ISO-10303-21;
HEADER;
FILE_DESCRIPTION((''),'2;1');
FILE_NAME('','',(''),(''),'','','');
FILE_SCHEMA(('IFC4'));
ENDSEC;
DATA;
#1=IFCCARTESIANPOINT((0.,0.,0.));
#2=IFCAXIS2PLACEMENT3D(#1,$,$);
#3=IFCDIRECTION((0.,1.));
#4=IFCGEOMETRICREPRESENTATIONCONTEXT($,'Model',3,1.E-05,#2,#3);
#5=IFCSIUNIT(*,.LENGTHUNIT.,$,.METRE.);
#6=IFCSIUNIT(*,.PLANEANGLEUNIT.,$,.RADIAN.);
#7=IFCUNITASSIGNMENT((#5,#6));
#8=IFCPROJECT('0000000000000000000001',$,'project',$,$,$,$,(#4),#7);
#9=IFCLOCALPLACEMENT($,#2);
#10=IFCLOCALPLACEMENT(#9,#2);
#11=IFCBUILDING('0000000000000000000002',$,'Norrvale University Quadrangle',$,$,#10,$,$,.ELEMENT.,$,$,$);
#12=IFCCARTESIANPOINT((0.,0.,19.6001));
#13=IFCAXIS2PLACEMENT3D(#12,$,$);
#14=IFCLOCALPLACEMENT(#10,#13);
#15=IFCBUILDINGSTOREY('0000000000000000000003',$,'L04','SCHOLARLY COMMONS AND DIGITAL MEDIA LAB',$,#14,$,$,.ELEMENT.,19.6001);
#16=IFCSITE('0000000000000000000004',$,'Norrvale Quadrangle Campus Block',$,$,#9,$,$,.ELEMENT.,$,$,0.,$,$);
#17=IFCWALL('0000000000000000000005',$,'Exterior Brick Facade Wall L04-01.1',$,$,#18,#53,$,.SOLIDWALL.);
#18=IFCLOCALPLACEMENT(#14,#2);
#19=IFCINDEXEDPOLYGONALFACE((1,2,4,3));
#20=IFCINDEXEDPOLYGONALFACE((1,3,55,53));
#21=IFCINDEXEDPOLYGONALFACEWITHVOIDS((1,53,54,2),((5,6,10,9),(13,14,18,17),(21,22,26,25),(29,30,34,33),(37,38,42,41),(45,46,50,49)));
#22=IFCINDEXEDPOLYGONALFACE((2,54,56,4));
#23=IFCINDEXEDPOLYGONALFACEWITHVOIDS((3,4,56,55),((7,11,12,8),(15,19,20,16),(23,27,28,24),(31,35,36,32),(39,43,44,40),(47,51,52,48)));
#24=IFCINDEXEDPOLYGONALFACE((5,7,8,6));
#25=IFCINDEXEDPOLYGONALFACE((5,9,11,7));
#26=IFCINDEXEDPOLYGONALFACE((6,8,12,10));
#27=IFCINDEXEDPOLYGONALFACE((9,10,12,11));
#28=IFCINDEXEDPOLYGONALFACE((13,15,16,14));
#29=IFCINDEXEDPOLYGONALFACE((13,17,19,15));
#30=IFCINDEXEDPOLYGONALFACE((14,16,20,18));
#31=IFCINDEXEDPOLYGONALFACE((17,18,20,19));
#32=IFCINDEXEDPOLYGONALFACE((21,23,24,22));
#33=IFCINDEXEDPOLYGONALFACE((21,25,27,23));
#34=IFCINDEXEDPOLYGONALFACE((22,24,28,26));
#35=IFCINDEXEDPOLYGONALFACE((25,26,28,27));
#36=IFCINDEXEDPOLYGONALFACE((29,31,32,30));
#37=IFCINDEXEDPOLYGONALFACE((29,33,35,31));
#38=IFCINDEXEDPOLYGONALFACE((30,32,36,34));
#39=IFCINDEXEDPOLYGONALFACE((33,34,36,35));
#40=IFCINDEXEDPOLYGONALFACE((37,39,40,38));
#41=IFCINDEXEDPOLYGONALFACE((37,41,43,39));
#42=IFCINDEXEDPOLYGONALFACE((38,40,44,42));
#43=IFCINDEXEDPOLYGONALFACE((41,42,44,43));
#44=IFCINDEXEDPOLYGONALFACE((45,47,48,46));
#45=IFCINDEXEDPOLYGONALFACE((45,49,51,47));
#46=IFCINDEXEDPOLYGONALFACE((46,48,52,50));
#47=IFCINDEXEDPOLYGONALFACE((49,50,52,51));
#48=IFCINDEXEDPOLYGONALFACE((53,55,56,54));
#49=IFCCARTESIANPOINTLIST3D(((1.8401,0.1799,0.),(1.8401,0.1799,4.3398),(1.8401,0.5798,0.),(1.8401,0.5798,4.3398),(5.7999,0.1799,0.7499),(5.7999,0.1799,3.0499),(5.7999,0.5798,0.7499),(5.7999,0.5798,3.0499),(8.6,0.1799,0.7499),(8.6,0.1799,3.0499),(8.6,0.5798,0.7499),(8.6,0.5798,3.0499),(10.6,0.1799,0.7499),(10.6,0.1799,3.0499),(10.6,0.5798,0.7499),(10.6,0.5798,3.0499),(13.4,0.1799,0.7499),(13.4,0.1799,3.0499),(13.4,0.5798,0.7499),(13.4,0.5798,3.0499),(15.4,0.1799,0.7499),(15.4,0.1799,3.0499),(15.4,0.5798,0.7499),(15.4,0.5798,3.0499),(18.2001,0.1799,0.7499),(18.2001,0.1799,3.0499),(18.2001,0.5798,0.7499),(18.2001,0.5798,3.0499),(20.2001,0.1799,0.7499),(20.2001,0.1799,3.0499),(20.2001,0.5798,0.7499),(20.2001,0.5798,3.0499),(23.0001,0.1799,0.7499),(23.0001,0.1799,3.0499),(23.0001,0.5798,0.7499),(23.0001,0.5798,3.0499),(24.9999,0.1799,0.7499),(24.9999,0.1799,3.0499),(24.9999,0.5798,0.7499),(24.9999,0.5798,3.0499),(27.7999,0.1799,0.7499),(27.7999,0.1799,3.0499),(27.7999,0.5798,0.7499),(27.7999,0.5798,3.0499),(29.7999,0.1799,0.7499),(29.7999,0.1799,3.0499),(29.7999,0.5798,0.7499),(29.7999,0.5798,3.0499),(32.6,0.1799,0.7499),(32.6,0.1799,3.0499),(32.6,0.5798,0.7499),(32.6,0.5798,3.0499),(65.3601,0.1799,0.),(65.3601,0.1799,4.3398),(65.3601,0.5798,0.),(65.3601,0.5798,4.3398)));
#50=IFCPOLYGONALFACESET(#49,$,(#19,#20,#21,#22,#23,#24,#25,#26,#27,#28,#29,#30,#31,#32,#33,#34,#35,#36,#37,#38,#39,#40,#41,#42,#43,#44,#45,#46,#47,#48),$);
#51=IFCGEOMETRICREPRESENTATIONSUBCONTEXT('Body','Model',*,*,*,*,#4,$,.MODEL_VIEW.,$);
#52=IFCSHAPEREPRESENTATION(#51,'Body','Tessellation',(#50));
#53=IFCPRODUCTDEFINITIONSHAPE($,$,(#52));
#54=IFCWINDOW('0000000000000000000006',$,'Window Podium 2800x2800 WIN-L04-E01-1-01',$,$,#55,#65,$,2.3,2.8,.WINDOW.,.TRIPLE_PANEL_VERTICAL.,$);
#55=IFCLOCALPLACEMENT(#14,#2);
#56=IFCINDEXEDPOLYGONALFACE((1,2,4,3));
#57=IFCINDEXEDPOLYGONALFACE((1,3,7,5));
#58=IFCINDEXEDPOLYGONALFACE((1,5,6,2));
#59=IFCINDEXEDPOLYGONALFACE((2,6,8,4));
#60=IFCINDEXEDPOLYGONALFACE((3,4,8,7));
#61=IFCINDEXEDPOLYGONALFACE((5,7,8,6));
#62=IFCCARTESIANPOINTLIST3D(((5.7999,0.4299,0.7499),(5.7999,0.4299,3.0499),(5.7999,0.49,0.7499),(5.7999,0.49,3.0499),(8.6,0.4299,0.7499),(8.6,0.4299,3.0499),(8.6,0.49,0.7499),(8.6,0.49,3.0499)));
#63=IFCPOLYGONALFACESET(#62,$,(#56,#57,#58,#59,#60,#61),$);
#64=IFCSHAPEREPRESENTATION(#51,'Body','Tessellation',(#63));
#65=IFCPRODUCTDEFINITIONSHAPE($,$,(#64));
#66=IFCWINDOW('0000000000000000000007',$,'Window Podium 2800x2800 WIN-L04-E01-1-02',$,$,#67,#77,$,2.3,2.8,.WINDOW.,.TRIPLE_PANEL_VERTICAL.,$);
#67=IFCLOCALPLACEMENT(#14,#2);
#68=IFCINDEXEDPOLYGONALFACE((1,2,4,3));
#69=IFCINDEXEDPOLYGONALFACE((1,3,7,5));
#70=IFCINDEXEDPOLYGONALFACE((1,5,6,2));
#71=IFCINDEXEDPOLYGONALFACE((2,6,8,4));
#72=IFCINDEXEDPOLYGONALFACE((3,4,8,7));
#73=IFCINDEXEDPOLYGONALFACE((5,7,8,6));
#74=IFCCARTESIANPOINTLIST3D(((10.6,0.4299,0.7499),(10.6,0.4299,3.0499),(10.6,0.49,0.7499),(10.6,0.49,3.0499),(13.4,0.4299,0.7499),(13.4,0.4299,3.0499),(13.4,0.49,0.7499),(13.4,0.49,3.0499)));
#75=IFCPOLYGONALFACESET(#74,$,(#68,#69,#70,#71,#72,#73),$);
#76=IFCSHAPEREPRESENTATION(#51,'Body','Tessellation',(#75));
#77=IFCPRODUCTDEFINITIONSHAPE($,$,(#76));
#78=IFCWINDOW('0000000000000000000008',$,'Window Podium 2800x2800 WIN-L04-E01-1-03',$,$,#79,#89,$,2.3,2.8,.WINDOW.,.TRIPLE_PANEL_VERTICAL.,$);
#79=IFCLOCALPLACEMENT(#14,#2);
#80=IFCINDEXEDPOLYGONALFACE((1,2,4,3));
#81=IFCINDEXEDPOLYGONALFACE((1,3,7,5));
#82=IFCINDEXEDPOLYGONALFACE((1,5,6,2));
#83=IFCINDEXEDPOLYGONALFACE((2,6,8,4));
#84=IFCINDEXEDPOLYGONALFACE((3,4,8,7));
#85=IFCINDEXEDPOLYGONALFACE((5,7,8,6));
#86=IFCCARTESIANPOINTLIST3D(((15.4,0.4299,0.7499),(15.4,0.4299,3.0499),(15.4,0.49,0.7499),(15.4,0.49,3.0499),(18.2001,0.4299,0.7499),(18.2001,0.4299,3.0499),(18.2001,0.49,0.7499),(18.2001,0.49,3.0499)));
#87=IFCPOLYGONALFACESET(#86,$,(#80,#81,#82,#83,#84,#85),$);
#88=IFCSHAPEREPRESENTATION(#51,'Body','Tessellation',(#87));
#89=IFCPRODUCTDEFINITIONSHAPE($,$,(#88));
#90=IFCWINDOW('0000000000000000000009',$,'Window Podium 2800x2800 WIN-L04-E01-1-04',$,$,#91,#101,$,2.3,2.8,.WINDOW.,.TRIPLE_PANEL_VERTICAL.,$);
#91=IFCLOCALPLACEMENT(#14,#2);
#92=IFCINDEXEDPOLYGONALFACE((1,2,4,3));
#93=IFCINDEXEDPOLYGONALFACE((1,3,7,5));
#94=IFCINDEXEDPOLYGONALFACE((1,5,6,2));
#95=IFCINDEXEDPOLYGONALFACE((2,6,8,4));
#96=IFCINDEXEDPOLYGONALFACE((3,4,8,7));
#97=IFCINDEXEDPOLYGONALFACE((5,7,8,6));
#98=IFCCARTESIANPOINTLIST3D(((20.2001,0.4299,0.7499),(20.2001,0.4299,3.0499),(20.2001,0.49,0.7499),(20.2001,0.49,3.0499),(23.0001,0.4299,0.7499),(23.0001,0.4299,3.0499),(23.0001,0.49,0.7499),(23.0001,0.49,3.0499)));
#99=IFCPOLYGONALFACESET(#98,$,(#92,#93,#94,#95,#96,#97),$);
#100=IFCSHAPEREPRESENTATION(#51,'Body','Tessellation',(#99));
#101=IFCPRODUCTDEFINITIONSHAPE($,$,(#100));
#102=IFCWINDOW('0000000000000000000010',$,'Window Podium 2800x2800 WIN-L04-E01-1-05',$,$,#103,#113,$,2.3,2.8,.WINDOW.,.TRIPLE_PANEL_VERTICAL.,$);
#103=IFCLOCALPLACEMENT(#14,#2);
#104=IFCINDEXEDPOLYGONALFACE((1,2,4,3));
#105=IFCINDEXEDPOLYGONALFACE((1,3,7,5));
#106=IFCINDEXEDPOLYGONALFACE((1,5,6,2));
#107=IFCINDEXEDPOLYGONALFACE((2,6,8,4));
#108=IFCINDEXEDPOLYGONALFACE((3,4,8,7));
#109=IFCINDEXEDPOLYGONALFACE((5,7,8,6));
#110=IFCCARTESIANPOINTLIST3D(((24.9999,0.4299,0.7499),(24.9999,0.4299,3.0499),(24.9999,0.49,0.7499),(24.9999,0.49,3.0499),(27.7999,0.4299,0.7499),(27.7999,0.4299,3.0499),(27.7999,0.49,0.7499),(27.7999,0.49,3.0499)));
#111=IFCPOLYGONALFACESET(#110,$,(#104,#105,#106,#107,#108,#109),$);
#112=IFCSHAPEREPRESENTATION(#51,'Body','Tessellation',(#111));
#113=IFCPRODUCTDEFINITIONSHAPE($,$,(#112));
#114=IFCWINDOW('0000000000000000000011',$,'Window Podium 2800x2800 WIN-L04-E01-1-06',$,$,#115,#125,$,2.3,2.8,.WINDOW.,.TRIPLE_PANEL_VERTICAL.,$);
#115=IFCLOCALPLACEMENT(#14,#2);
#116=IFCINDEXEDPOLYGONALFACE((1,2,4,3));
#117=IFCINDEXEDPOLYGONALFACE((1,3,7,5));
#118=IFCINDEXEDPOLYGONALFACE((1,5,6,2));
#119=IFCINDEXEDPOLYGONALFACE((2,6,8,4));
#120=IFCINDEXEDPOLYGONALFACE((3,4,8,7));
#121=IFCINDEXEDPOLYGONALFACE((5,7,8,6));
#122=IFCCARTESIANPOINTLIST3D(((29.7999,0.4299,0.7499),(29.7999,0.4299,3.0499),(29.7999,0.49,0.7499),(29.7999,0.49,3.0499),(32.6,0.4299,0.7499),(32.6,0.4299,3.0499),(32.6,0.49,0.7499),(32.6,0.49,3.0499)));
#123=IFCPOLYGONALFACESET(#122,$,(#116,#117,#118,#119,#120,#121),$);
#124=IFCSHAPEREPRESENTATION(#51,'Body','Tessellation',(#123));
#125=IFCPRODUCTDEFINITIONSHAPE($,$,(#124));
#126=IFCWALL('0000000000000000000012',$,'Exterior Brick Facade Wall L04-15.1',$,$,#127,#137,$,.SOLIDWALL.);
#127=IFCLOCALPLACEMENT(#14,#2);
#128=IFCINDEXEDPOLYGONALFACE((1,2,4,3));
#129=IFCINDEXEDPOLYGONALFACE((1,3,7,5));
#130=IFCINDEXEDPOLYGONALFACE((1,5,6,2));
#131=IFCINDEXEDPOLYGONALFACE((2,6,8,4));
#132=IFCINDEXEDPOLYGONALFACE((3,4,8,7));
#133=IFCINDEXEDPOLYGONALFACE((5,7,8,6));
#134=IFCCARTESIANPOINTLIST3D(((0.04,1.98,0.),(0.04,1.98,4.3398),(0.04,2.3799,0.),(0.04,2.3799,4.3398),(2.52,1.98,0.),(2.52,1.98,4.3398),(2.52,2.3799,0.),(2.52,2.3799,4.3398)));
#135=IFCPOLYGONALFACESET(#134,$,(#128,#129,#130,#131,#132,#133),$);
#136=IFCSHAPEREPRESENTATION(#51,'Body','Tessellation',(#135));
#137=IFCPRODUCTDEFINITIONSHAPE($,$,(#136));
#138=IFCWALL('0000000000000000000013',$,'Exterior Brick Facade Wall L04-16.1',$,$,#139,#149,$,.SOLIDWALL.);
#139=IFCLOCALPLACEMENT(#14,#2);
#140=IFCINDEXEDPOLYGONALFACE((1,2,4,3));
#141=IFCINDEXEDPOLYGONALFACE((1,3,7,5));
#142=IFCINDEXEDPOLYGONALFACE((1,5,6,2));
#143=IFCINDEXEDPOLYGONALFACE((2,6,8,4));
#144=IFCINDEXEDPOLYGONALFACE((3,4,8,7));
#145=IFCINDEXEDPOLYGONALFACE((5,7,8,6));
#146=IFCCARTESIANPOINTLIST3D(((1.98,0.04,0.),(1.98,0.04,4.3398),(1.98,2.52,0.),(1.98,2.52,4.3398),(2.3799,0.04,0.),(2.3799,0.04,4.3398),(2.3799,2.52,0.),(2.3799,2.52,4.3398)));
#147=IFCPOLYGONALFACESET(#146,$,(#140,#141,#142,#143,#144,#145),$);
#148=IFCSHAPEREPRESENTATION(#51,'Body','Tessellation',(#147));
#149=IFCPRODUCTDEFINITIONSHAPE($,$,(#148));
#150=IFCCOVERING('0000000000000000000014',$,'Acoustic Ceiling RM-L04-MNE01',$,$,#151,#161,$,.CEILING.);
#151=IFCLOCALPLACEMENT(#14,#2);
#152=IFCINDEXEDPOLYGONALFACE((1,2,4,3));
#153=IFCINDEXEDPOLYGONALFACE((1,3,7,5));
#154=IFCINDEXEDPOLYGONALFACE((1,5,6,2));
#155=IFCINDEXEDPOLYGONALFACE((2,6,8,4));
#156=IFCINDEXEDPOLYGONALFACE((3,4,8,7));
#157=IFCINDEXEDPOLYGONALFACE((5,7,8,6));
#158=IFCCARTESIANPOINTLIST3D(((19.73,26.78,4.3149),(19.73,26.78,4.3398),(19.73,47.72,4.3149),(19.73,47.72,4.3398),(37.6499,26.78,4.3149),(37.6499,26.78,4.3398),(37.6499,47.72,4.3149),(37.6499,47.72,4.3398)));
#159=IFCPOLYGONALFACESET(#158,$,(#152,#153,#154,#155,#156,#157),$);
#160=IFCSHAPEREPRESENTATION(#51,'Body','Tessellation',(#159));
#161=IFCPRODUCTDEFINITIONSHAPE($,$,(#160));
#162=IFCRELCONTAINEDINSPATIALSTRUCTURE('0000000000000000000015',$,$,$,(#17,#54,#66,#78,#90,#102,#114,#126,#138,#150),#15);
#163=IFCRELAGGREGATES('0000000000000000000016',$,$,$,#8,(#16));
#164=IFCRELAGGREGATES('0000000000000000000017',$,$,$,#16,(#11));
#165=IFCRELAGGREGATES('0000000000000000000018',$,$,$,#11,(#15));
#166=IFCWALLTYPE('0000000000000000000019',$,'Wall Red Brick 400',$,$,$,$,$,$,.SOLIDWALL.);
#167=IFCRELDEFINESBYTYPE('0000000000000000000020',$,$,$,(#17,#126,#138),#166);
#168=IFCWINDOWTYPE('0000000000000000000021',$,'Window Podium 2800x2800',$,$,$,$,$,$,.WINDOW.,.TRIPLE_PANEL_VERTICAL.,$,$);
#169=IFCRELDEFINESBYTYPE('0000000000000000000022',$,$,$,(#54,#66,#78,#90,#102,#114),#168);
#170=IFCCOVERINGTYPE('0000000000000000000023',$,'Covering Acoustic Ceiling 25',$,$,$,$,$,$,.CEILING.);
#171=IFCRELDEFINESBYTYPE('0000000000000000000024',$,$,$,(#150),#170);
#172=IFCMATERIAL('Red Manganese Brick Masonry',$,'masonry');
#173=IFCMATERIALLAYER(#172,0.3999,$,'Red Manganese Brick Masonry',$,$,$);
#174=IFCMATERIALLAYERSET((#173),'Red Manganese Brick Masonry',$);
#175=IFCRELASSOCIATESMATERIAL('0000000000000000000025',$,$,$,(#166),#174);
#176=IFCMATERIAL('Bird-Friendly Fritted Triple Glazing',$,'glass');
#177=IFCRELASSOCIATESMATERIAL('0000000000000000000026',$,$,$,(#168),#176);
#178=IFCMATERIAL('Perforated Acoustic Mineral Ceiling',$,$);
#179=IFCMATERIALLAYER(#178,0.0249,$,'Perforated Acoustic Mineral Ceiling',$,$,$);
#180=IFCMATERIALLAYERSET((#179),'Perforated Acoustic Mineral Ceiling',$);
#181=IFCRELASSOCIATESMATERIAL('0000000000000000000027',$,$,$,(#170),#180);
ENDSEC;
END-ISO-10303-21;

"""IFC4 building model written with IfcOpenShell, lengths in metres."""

from ifc_helpers import new_model, si_unit, direction, frame, frame_2d, origin, place, context, subcontext, project, spatial, polyline, rectangle, outline, extrude, material, layer, layer_set, type_object, element, fill, save


model = new_model("IFC4")

# Units and contexts
model_context = context("Model", 3, precision=1e-05, world=origin(), true_north=direction((0.0, 1.0)))
body_context = subcontext(model_context, "Body", "Model", "MODEL_VIEW")
ifc_project = project(units=[si_unit("LENGTHUNIT", "METRE"), si_unit("PLANEANGLEUNIT", "RADIAN")], contexts=[model_context])

# Site, building, storey
site_placement = place(None, origin())
site = spatial("IfcSite", under=ifc_project, at=site_placement, Name="Norrvale Quadrangle Campus Block", CompositionType="ELEMENT", RefElevation=0.0)
building_placement = place(site_placement, origin())
building = spatial("IfcBuilding", under=site, at=building_placement, Name="Norrvale University Quadrangle", CompositionType="ELEMENT")
storey_placement = place(building_placement, frame((0.0, 0.0, 19.6001)))
storey = spatial("IfcBuildingStorey", under=building, at=storey_placement, Name="L04", Description="SCHOLARLY COMMONS AND DIGITAL MEDIA LAB", CompositionType="ELEMENT", Elevation=19.6001)

# Wall, openings, windows
ifc_material_1 = material(Name="Red Manganese Brick Masonry", Category="masonry")
ifc_layer_1 = layer(ifc_material_1, 0.3999, Name="Red Manganese Brick Masonry")
ifc_layer_set_1 = layer_set([ifc_layer_1], Name="Red Manganese Brick Masonry")
wall_type_1 = type_object("IfcWallType", Name="Wall Red Brick 400", PredefinedType="SOLIDWALL", material=ifc_layer_set_1)
wall_1_placement = place(storey_placement, frame((1.8401, 0.3799, 0.0), z_axis=(0.0, 0.0, 1.0), x_axis=(1.0, 0.0, 0.0)))
wall_1 = element("IfcWall", 1, at=wall_1_placement, inside=storey, type_object=wall_type_1, Name="Exterior Brick Facade Wall L04-01.1", PredefinedType="SOLIDWALL", context=body_context, shape_type="SweptSolid", body=[
    extrude(rectangle(XDim=63.52, YDim=0.3999, at=frame_2d((31.76, 0.0))), origin(), (0.0, 0.0, 1.0), 4.3398),
])
opening_1_placement = place(wall_1_placement, frame((3.96, 0.0, 0.75)))
opening_1 = element("IfcOpeningElement", 2, at=opening_1_placement, cuts=wall_1, PredefinedType="OPENING", context=body_context, shape_type="SweptSolid", body=[
    extrude(rectangle(XDim=2.8, YDim=2.3, at=frame_2d((1.3999, 1.1499))), frame((0.0, 0.2119, 0.0), z_axis=(0.0, -1.0, 0.0), x_axis=(1.0, 0.0, 0.0)), (0.0, 0.0, 1.0), 0.4238),
])
opening_2_placement = place(wall_1_placement, frame((8.76, 0.0, 0.75)))
opening_2 = element("IfcOpeningElement", 3, at=opening_2_placement, cuts=wall_1, PredefinedType="OPENING", context=body_context, shape_type="SweptSolid", body=[
    extrude(rectangle(XDim=2.8, YDim=2.3, at=frame_2d((1.3999, 1.1499))), frame((0.0, 0.2119, 0.0), z_axis=(0.0, -1.0, 0.0), x_axis=(1.0, 0.0, 0.0)), (0.0, 0.0, 1.0), 0.4238),
])
opening_3_placement = place(wall_1_placement, frame((13.5601, 0.0, 0.75)))
opening_3 = element("IfcOpeningElement", 4, at=opening_3_placement, cuts=wall_1, PredefinedType="OPENING", context=body_context, shape_type="SweptSolid", body=[
    extrude(rectangle(XDim=2.8, YDim=2.3, at=frame_2d((1.3999, 1.1499))), frame((0.0, 0.2119, 0.0), z_axis=(0.0, -1.0, 0.0), x_axis=(1.0, 0.0, 0.0)), (0.0, 0.0, 1.0), 0.4238),
])
opening_4_placement = place(wall_1_placement, frame((18.3601, 0.0, 0.75)))
opening_4 = element("IfcOpeningElement", 5, at=opening_4_placement, cuts=wall_1, PredefinedType="OPENING", context=body_context, shape_type="SweptSolid", body=[
    extrude(rectangle(XDim=2.8, YDim=2.3, at=frame_2d((1.3999, 1.1499))), frame((0.0, 0.2119, 0.0), z_axis=(0.0, -1.0, 0.0), x_axis=(1.0, 0.0, 0.0)), (0.0, 0.0, 1.0), 0.4238),
])
opening_5_placement = place(wall_1_placement, frame((23.1599, 0.0, 0.75)))
opening_5 = element("IfcOpeningElement", 6, at=opening_5_placement, cuts=wall_1, PredefinedType="OPENING", context=body_context, shape_type="SweptSolid", body=[
    extrude(rectangle(XDim=2.8, YDim=2.3, at=frame_2d((1.3999, 1.1499))), frame((0.0, 0.2119, 0.0), z_axis=(0.0, -1.0, 0.0), x_axis=(1.0, 0.0, 0.0)), (0.0, 0.0, 1.0), 0.4238),
])
opening_6_placement = place(wall_1_placement, frame((27.96, 0.0, 0.75)))
opening_6 = element("IfcOpeningElement", 7, at=opening_6_placement, cuts=wall_1, PredefinedType="OPENING", context=body_context, shape_type="SweptSolid", body=[
    extrude(rectangle(XDim=2.8, YDim=2.3, at=frame_2d((1.3999, 1.1499))), frame((0.0, 0.2119, 0.0), z_axis=(0.0, -1.0, 0.0), x_axis=(1.0, 0.0, 0.0)), (0.0, 0.0, 1.0), 0.4238),
])
ifc_material_2 = material(Name="Bird-Friendly Fritted Triple Glazing", Category="glass")
window_type = type_object("IfcWindowType", Name="Window Podium 2800x2800", PartitioningType="TRIPLE_PANEL_VERTICAL", PredefinedType="WINDOW", material=ifc_material_2)
window_1_placement = place(opening_1_placement, origin())
window_1 = element("IfcWindow", 8, at=window_1_placement, inside=storey, type_object=window_type, Name="Window Podium 2800x2800 WIN-L04-E01-1-01", OverallHeight=2.3, OverallWidth=2.8, PartitioningType="TRIPLE_PANEL_VERTICAL", PredefinedType="WINDOW", context=body_context, shape_type="SweptSolid", body=[
    extrude(rectangle(XDim=2.8, YDim=2.3, at=frame_2d((1.3999, 1.1499))), frame((0.0, 0.1101, 0.0), z_axis=(0.0, -1.0, 0.0), x_axis=(1.0, 0.0, 0.0)), (0.0, 0.0, 1.0), 0.0601),
])
fill(opening_1, window_1)
window_2_placement = place(opening_2_placement, origin())
window_2 = element("IfcWindow", 9, at=window_2_placement, inside=storey, type_object=window_type, Name="Window Podium 2800x2800 WIN-L04-E01-1-02", OverallHeight=2.3, OverallWidth=2.8, PartitioningType="TRIPLE_PANEL_VERTICAL", PredefinedType="WINDOW", context=body_context, shape_type="SweptSolid", body=[
    extrude(rectangle(XDim=2.8, YDim=2.3, at=frame_2d((1.3999, 1.1499))), frame((0.0, 0.1101, 0.0), z_axis=(0.0, -1.0, 0.0), x_axis=(1.0, 0.0, 0.0)), (0.0, 0.0, 1.0), 0.0601),
])
fill(opening_2, window_2)
window_3_placement = place(opening_3_placement, origin())
window_3 = element("IfcWindow", 10, at=window_3_placement, inside=storey, type_object=window_type, Name="Window Podium 2800x2800 WIN-L04-E01-1-03", OverallHeight=2.3, OverallWidth=2.8, PartitioningType="TRIPLE_PANEL_VERTICAL", PredefinedType="WINDOW", context=body_context, shape_type="SweptSolid", body=[
    extrude(rectangle(XDim=2.8, YDim=2.3, at=frame_2d((1.3999, 1.1499))), frame((0.0, 0.1101, 0.0), z_axis=(0.0, -1.0, 0.0), x_axis=(1.0, 0.0, 0.0)), (0.0, 0.0, 1.0), 0.0601),
])
fill(opening_3, window_3)
window_4_placement = place(opening_4_placement, origin())
window_4 = element("IfcWindow", 11, at=window_4_placement, inside=storey, type_object=window_type, Name="Window Podium 2800x2800 WIN-L04-E01-1-04", OverallHeight=2.3, OverallWidth=2.8, PartitioningType="TRIPLE_PANEL_VERTICAL", PredefinedType="WINDOW", context=body_context, shape_type="SweptSolid", body=[
    extrude(rectangle(XDim=2.8, YDim=2.3, at=frame_2d((1.3999, 1.1499))), frame((0.0, 0.1101, 0.0), z_axis=(0.0, -1.0, 0.0), x_axis=(1.0, 0.0, 0.0)), (0.0, 0.0, 1.0), 0.0601),
])
fill(opening_4, window_4)
window_5_placement = place(opening_5_placement, origin())
window_5 = element("IfcWindow", 12, at=window_5_placement, inside=storey, type_object=window_type, Name="Window Podium 2800x2800 WIN-L04-E01-1-05", OverallHeight=2.3, OverallWidth=2.8, PartitioningType="TRIPLE_PANEL_VERTICAL", PredefinedType="WINDOW", context=body_context, shape_type="SweptSolid", body=[
    extrude(rectangle(XDim=2.8, YDim=2.3, at=frame_2d((1.3999, 1.1499))), frame((0.0, 0.1101, 0.0), z_axis=(0.0, -1.0, 0.0), x_axis=(1.0, 0.0, 0.0)), (0.0, 0.0, 1.0), 0.0601),
])
fill(opening_5, window_5)
window_6_placement = place(opening_6_placement, origin())
window_6 = element("IfcWindow", 13, at=window_6_placement, inside=storey, type_object=window_type, Name="Window Podium 2800x2800 WIN-L04-E01-1-06", OverallHeight=2.3, OverallWidth=2.8, PartitioningType="TRIPLE_PANEL_VERTICAL", PredefinedType="WINDOW", context=body_context, shape_type="SweptSolid", body=[
    extrude(rectangle(XDim=2.8, YDim=2.3, at=frame_2d((1.3999, 1.1499))), frame((0.0, 0.1101, 0.0), z_axis=(0.0, -1.0, 0.0), x_axis=(1.0, 0.0, 0.0)), (0.0, 0.0, 1.0), 0.0601),
])
fill(opening_6, window_6)

# Walls
for number, where, z_axis, x_axis, name in (
    (14, (0.04, 2.1799, 0.0), (0.0, 0.0, 1.0), (1.0, 0.0, 0.0), "Exterior Brick Facade Wall L04-15.1"),
    (15, (2.1799, 2.52, 0.0), (0.0, 0.0, 1.0), (0.0, -1.0, 0.0), "Exterior Brick Facade Wall L04-16.1"),
):
    element("IfcWall", number, at=place(storey_placement, frame(where, z_axis=z_axis, x_axis=x_axis)), inside=storey, type_object=wall_type_1, Name=name, PredefinedType="SOLIDWALL", context=body_context, shape_type="SweptSolid", body=[
        extrude(rectangle(XDim=2.48, YDim=0.3999, at=frame_2d((1.24, 0.0))), origin(), (0.0, 0.0, 1.0), 4.3398),
    ])

# Covering
ifc_material_3 = material(Name="Perforated Acoustic Mineral Ceiling")
ifc_layer_2 = layer(ifc_material_3, 0.0249, Name="Perforated Acoustic Mineral Ceiling")
ifc_layer_set_2 = layer_set([ifc_layer_2], Name="Perforated Acoustic Mineral Ceiling")
covering_type_1 = type_object("IfcCoveringType", Name="Covering Acoustic Ceiling 25", PredefinedType="CEILING", material=ifc_layer_set_2)
covering_1_placement = place(storey_placement, frame((0.0, 0.0, 4.3149)))
element("IfcCovering", 16, at=covering_1_placement, inside=storey, type_object=covering_type_1, Name="Acoustic Ceiling RM-L04-MNE01", PredefinedType="CEILING", context=body_context, shape_type="SweptSolid", body=[
    extrude(outline(polyline([(19.73, 47.72), (37.6499, 47.72), (37.6499, 26.78), (19.73, 26.78), (19.73, 47.72)])), origin(), (0.0, 0.0, 1.0), 0.0249),
])

save(model, "model.ifc")
